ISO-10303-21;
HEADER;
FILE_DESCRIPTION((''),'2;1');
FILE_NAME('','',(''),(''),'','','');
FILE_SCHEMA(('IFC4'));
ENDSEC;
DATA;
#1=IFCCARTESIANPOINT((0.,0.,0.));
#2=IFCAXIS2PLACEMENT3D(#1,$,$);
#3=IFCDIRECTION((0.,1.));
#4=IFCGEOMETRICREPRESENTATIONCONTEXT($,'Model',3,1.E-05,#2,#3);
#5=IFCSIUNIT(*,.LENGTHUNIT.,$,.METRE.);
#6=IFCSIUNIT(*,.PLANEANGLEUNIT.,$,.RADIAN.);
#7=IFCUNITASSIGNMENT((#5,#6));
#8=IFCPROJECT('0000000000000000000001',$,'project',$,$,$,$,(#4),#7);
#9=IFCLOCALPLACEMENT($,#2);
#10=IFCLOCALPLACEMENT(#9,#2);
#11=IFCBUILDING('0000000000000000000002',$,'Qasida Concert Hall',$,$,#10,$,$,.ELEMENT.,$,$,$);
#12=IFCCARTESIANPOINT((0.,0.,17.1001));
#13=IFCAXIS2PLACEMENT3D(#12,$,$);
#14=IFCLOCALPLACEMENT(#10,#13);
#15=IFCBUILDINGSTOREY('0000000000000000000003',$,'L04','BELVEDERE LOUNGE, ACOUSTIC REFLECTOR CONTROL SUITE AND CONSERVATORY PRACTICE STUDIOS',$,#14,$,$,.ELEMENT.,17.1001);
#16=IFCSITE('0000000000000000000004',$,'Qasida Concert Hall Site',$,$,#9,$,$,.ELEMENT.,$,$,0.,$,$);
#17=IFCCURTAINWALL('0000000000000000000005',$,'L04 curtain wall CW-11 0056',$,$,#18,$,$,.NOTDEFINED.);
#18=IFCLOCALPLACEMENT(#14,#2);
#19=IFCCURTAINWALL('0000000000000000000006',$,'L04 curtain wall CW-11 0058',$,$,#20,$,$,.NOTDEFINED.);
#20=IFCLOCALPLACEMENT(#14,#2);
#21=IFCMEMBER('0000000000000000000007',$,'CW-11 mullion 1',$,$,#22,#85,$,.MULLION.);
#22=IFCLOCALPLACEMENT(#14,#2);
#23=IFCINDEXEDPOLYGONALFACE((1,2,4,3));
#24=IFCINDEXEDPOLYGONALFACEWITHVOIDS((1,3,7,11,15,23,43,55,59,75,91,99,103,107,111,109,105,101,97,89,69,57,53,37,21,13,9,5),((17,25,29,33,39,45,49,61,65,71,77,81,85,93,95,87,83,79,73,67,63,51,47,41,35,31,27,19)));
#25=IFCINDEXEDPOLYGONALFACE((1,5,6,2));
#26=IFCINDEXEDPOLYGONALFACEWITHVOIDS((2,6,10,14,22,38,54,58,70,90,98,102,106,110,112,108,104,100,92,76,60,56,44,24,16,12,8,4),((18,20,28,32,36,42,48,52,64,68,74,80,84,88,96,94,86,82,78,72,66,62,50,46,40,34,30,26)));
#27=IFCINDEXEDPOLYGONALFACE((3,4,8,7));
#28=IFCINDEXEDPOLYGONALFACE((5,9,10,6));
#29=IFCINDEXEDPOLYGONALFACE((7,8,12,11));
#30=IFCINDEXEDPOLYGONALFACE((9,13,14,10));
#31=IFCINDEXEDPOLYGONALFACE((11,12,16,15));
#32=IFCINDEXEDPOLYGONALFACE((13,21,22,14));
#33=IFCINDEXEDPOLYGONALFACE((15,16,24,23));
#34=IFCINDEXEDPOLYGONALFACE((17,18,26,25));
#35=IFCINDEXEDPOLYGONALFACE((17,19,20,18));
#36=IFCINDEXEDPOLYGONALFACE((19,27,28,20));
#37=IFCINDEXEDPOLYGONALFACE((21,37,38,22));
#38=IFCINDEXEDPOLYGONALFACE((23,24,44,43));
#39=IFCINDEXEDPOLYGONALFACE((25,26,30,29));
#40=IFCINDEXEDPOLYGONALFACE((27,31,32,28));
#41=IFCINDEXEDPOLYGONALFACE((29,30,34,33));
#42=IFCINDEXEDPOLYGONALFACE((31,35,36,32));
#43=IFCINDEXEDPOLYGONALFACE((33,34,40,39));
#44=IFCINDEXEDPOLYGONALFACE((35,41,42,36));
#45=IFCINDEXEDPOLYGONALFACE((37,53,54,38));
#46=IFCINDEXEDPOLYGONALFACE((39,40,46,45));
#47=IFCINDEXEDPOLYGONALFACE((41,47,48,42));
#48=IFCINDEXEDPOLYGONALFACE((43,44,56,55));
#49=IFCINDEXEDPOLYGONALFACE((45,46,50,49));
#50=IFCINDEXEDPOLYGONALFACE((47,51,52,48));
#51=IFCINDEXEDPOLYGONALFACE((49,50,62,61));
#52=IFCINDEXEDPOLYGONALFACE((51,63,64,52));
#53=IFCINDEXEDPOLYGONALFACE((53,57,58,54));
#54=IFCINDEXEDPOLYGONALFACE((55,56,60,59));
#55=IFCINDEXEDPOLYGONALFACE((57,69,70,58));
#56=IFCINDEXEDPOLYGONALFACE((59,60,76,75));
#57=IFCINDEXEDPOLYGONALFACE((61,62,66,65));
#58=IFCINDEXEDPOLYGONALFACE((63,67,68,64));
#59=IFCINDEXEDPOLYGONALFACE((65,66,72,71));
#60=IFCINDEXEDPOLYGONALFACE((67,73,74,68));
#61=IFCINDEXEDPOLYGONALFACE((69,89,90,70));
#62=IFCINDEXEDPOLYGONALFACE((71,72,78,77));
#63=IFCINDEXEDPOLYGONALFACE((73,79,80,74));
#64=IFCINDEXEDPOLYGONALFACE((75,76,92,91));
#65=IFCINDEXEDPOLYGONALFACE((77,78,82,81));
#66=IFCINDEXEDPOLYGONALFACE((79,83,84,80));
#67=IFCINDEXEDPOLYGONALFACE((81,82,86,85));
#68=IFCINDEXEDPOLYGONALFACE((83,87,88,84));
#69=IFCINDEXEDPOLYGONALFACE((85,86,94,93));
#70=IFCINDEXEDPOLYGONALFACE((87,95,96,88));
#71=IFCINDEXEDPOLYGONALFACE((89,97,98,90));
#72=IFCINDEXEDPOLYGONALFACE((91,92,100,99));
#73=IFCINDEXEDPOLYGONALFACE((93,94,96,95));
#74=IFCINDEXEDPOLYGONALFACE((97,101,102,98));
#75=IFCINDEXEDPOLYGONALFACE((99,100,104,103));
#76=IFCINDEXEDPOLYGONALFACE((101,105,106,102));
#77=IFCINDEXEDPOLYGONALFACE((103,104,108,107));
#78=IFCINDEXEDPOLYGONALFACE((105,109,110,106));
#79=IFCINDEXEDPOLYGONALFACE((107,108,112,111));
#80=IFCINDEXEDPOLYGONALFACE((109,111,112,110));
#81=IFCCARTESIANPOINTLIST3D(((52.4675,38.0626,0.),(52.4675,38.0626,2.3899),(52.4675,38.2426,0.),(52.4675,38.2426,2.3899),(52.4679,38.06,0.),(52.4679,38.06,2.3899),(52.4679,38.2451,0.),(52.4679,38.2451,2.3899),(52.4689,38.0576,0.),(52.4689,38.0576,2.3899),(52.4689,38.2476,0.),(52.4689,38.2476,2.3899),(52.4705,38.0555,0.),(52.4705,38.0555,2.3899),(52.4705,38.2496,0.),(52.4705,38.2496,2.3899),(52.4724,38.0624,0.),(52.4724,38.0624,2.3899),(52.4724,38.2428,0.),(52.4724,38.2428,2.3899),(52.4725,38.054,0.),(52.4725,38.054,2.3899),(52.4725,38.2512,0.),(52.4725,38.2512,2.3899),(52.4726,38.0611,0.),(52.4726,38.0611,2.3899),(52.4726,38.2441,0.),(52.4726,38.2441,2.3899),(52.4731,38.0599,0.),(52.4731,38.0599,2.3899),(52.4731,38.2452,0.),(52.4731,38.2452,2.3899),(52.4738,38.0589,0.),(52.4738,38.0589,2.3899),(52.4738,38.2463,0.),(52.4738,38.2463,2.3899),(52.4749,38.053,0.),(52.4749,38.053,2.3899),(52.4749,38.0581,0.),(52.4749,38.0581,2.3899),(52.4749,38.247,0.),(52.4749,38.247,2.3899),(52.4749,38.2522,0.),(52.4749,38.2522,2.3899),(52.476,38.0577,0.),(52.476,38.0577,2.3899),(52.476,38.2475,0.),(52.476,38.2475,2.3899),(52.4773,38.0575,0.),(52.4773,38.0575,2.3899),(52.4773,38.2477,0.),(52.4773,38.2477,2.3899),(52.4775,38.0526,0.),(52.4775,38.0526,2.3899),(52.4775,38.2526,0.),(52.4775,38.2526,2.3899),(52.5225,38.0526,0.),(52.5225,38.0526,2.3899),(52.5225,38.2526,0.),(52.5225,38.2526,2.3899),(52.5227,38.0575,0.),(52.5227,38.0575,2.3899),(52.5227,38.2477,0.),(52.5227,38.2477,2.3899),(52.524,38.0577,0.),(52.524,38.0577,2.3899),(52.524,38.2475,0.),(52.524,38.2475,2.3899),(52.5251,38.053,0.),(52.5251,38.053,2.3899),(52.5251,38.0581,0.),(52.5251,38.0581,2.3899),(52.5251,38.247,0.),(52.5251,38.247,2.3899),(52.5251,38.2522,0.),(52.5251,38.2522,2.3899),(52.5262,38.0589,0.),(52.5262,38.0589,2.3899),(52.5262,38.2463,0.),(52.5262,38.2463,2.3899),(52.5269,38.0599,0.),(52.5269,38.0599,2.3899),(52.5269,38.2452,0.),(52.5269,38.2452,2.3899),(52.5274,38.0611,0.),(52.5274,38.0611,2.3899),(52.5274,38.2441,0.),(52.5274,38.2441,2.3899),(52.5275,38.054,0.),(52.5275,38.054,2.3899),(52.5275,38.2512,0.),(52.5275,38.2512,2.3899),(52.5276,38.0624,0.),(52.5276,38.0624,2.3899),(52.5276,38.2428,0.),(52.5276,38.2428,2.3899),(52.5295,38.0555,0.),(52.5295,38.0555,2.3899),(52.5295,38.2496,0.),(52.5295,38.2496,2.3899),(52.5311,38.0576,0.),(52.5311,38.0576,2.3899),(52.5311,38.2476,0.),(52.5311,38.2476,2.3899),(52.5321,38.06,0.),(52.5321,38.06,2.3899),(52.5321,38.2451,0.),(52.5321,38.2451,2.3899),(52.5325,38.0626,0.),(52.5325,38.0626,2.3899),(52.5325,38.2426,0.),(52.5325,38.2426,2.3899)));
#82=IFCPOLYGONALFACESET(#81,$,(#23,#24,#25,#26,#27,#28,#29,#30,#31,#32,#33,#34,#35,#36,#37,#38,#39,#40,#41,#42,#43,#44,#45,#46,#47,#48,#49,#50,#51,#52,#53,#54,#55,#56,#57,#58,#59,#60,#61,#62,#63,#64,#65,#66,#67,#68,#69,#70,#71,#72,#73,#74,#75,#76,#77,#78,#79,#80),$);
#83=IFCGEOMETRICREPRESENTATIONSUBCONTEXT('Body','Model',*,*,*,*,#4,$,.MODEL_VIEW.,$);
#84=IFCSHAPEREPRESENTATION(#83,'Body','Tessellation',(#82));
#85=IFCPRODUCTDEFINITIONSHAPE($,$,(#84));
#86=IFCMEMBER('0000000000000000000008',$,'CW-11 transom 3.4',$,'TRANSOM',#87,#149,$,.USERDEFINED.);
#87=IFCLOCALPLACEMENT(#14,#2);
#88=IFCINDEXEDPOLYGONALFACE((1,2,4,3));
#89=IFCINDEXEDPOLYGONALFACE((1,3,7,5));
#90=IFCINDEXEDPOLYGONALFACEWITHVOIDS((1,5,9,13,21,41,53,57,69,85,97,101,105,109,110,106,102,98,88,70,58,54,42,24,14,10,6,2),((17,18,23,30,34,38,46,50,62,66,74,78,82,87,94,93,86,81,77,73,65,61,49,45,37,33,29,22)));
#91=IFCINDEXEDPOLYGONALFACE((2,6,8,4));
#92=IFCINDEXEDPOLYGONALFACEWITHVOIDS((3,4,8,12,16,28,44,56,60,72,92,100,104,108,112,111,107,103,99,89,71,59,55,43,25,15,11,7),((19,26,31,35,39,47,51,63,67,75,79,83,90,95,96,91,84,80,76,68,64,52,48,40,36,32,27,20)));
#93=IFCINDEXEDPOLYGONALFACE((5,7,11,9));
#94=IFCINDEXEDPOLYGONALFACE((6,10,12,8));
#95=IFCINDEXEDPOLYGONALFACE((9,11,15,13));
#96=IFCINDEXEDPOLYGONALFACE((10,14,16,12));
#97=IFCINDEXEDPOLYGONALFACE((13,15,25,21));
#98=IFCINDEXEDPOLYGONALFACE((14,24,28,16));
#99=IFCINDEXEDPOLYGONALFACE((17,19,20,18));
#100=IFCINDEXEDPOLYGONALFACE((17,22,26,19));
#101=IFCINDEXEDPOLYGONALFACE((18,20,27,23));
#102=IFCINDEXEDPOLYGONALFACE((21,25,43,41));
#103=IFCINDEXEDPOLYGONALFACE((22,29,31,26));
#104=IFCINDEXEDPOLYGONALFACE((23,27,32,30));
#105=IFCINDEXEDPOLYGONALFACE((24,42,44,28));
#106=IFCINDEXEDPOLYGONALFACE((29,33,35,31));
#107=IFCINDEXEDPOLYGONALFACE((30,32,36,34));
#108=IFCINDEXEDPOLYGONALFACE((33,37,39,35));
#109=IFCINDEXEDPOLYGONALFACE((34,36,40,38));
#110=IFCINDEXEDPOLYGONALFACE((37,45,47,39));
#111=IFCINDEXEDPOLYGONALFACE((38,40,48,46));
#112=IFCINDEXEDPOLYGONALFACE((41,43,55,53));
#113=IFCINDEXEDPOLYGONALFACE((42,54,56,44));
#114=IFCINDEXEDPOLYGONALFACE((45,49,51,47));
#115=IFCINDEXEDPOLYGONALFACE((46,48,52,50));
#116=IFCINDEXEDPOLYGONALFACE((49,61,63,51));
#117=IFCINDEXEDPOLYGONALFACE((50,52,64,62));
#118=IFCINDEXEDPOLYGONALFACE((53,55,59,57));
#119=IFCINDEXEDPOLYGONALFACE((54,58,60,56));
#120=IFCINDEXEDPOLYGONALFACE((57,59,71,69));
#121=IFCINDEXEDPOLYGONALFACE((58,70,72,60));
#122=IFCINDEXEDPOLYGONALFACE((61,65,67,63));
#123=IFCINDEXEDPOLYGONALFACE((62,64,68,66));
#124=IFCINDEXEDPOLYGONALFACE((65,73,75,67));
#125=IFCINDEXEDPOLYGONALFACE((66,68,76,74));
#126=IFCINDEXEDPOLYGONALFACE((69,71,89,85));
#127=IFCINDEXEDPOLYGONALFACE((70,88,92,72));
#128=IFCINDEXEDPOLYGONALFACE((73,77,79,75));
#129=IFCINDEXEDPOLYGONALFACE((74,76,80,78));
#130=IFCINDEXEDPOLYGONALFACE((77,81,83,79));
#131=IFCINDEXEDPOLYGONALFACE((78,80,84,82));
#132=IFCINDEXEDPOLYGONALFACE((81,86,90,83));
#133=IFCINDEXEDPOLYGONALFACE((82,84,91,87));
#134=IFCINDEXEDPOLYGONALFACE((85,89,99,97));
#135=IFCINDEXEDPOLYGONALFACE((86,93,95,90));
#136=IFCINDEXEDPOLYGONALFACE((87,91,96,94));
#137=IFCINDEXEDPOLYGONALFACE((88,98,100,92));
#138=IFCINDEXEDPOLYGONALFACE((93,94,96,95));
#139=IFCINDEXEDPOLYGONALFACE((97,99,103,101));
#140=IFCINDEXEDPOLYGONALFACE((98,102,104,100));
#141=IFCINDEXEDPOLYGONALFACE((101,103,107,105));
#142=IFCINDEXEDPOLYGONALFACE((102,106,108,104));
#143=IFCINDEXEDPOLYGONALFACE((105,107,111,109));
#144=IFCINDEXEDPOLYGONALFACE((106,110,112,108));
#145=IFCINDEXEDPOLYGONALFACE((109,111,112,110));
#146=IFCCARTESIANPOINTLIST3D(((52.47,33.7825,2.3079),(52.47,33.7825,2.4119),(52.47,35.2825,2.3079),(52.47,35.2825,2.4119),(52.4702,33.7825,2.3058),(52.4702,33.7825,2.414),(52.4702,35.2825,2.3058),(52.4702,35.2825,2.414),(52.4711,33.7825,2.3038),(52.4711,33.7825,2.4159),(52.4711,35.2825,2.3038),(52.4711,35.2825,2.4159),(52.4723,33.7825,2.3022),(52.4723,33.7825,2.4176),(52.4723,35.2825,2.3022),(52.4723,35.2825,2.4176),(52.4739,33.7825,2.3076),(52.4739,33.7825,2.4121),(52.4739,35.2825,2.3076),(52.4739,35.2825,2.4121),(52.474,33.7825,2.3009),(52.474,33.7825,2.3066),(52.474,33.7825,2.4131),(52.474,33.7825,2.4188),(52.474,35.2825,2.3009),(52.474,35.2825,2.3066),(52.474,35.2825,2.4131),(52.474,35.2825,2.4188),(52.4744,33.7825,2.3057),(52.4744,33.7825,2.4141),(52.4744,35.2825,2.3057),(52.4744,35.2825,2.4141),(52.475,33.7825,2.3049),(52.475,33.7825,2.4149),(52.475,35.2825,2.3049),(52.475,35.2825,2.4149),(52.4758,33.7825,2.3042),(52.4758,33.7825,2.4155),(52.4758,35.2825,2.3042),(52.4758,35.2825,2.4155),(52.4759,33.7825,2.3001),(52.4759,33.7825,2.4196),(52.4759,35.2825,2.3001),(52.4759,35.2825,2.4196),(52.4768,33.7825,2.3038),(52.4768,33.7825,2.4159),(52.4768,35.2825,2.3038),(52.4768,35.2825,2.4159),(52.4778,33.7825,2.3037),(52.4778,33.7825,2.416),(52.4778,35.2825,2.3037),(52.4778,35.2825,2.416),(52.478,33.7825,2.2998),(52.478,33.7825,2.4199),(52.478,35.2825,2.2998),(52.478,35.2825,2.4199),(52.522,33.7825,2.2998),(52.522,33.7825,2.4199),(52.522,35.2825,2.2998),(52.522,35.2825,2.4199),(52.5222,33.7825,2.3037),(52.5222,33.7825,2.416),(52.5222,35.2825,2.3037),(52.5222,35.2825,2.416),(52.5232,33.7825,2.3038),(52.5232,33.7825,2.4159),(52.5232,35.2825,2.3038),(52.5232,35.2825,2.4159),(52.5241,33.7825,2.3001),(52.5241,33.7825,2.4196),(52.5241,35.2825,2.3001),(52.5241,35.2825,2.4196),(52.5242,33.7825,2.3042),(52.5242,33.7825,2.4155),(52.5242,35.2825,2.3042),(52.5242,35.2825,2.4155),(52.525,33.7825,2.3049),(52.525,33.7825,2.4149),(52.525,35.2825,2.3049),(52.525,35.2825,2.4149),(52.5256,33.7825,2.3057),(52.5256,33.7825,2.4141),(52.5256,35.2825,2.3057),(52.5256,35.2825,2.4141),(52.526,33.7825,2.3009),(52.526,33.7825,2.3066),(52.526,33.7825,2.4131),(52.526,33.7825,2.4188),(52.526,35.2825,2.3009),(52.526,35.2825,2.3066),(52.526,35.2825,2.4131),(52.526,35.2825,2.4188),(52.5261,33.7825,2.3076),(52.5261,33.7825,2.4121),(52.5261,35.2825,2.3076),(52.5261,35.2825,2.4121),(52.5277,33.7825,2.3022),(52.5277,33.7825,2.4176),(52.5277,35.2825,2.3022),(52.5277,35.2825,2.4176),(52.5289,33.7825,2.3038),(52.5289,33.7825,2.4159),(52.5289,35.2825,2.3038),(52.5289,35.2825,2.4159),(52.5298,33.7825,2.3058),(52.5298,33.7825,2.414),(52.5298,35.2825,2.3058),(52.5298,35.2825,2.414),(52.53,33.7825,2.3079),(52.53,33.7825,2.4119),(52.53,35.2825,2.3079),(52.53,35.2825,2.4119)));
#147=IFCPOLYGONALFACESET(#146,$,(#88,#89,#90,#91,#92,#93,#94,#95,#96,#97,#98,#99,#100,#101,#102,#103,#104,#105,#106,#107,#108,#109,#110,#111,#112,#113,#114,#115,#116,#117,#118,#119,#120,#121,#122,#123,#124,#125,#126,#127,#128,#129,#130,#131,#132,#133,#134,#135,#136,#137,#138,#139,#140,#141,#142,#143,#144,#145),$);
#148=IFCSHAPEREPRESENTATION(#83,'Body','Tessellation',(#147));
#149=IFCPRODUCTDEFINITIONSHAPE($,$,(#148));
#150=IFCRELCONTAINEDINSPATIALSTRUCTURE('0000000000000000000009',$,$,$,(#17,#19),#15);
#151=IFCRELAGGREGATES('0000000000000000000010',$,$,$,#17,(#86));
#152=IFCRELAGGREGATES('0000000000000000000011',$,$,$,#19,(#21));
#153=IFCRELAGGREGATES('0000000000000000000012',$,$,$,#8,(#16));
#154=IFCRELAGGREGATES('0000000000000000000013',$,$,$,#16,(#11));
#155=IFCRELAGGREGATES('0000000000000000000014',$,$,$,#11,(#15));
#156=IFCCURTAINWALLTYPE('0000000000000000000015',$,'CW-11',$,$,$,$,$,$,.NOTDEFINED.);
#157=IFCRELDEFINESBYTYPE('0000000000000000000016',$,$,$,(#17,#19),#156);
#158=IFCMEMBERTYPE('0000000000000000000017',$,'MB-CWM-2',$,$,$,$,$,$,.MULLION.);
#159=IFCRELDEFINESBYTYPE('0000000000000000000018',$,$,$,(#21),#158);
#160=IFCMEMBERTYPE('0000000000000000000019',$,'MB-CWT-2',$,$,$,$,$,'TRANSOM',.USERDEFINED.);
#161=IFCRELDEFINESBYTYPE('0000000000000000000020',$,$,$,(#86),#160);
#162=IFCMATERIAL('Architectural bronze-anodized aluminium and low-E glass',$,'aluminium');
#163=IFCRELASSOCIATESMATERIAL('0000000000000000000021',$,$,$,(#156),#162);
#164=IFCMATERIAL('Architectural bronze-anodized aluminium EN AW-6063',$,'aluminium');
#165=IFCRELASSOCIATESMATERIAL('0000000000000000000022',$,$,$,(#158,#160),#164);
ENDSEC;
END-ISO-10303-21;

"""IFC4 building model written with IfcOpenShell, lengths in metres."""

from ifc_helpers import new_model, si_unit, direction, frame, origin, origin_2d, place, context, subcontext, project, spatial, hollow_rectangle, extrude, material, material_profile, profile_set, type_object, element, aggregate, save


model = new_model("IFC4")

# Units and contexts
model_context = context("Model", 3, precision=1e-05, world=origin(), true_north=direction((0.0, 1.0)))
body_context = subcontext(model_context, "Body", "Model", "MODEL_VIEW")
ifc_project = project(units=[si_unit("LENGTHUNIT", "METRE"), si_unit("PLANEANGLEUNIT", "RADIAN")], contexts=[model_context])

# Site, building, storey
site_placement = place(None, origin())
site = spatial("IfcSite", under=ifc_project, at=site_placement, Name="Qasida Concert Hall Site", CompositionType="ELEMENT", RefElevation=0.0)
building_placement = place(site_placement, origin())
building = spatial("IfcBuilding", under=site, at=building_placement, Name="Qasida Concert Hall", CompositionType="ELEMENT")
storey_placement = place(building_placement, frame((0.0, 0.0, 17.1001)))
storey = spatial("IfcBuildingStorey", under=building, at=storey_placement, Name="L04", Description="BELVEDERE LOUNGE, ACOUSTIC REFLECTOR CONTROL SUITE AND CONSERVATORY PRACTICE STUDIOS", CompositionType="ELEMENT", Elevation=17.1001)

# Curtain wall
ifc_material_1 = material(Name="Architectural bronze-anodized aluminium and low-E glass", Category="aluminium")
curtain_wall_type = type_object("IfcCurtainWallType", Name="CW-11", PredefinedType="NOTDEFINED", material=ifc_material_1)
curtain_wall_1_placement = place(storey_placement, origin())
curtain_wall_1 = element("IfcCurtainWall", 1, at=curtain_wall_1_placement, inside=storey, type_object=curtain_wall_type, Name="L04 curtain wall CW-11 0056", PredefinedType="NOTDEFINED")
ifc_material_2 = material(Name="Architectural bronze-anodized aluminium EN AW-6063", Category="aluminium")
ifc_material_profile_1 = material_profile(ifc_material_2, hollow_rectangle(XDim=0.0649, YDim=0.2, WallThickness=0.0049, InnerFilletRadius=0.0049, OuterFilletRadius=0.01, at=origin_2d()), Name="CWM 200x65x5")
ifc_profile_set_1 = profile_set([ifc_material_profile_1], Name="Architectural bronze-anodized aluminium EN AW-6063")
member_type_1 = type_object("IfcMemberType", Name="MB-CWM-2", PredefinedType="MULLION", material=ifc_profile_set_1)

# Curtain wall, member
curtain_wall_2_placement = place(storey_placement, origin())
curtain_wall_2 = element("IfcCurtainWall", 2, at=curtain_wall_2_placement, inside=storey, type_object=curtain_wall_type, Name="L04 curtain wall CW-11 0058", PredefinedType="NOTDEFINED")
member_1_placement = place(storey_placement, frame((52.5, 38.1526, 0.0), z_axis=(0.0, 0.0, 1.0), x_axis=(-1.0, 0.0, 0.0)))
member_1 = element("IfcMember", 3, at=member_1_placement, type_object=member_type_1, Name="CW-11 mullion 1", PredefinedType="MULLION", context=body_context, shape_type="SweptSolid", body=[
    extrude(hollow_rectangle(XDim=0.0649, YDim=0.2, WallThickness=0.0049, InnerFilletRadius=0.0049, OuterFilletRadius=0.01, at=origin_2d()), origin(), (0.0, 0.0, 1.0), 2.3899),
])

# Member
ifc_material_profile_2 = material_profile(ifc_material_2, hollow_rectangle(XDim=0.0601, YDim=0.1201, WallThickness=0.0039, InnerFilletRadius=0.0039, OuterFilletRadius=0.0081, at=origin_2d()), Name="CWT 120x60x4")
ifc_profile_set_2 = profile_set([ifc_material_profile_2], Name="Architectural bronze-anodized aluminium EN AW-6063")
member_type_2 = type_object("IfcMemberType", Name="MB-CWT-2", ElementType="TRANSOM", PredefinedType="USERDEFINED", material=ifc_profile_set_2)
member_2_placement = place(storey_placement, frame((52.5, 33.7825, 2.3599), z_axis=(0.0, 1.0, 0.0), x_axis=(-1.0, 0.0, 0.0)))
member_2 = element("IfcMember", 4, at=member_2_placement, type_object=member_type_2, Name="CW-11 transom 3.4", ObjectType="TRANSOM", PredefinedType="USERDEFINED", context=body_context, shape_type="SweptSolid", body=[
    extrude(hollow_rectangle(XDim=0.0601, YDim=0.1201, WallThickness=0.0039, InnerFilletRadius=0.0039, OuterFilletRadius=0.0081, at=origin_2d()), origin(), (0.0, 0.0, 1.0), 1.5),
])

aggregate(curtain_wall_1, [member_2])
aggregate(curtain_wall_2, [member_1])

save(model, "model.ifc")
